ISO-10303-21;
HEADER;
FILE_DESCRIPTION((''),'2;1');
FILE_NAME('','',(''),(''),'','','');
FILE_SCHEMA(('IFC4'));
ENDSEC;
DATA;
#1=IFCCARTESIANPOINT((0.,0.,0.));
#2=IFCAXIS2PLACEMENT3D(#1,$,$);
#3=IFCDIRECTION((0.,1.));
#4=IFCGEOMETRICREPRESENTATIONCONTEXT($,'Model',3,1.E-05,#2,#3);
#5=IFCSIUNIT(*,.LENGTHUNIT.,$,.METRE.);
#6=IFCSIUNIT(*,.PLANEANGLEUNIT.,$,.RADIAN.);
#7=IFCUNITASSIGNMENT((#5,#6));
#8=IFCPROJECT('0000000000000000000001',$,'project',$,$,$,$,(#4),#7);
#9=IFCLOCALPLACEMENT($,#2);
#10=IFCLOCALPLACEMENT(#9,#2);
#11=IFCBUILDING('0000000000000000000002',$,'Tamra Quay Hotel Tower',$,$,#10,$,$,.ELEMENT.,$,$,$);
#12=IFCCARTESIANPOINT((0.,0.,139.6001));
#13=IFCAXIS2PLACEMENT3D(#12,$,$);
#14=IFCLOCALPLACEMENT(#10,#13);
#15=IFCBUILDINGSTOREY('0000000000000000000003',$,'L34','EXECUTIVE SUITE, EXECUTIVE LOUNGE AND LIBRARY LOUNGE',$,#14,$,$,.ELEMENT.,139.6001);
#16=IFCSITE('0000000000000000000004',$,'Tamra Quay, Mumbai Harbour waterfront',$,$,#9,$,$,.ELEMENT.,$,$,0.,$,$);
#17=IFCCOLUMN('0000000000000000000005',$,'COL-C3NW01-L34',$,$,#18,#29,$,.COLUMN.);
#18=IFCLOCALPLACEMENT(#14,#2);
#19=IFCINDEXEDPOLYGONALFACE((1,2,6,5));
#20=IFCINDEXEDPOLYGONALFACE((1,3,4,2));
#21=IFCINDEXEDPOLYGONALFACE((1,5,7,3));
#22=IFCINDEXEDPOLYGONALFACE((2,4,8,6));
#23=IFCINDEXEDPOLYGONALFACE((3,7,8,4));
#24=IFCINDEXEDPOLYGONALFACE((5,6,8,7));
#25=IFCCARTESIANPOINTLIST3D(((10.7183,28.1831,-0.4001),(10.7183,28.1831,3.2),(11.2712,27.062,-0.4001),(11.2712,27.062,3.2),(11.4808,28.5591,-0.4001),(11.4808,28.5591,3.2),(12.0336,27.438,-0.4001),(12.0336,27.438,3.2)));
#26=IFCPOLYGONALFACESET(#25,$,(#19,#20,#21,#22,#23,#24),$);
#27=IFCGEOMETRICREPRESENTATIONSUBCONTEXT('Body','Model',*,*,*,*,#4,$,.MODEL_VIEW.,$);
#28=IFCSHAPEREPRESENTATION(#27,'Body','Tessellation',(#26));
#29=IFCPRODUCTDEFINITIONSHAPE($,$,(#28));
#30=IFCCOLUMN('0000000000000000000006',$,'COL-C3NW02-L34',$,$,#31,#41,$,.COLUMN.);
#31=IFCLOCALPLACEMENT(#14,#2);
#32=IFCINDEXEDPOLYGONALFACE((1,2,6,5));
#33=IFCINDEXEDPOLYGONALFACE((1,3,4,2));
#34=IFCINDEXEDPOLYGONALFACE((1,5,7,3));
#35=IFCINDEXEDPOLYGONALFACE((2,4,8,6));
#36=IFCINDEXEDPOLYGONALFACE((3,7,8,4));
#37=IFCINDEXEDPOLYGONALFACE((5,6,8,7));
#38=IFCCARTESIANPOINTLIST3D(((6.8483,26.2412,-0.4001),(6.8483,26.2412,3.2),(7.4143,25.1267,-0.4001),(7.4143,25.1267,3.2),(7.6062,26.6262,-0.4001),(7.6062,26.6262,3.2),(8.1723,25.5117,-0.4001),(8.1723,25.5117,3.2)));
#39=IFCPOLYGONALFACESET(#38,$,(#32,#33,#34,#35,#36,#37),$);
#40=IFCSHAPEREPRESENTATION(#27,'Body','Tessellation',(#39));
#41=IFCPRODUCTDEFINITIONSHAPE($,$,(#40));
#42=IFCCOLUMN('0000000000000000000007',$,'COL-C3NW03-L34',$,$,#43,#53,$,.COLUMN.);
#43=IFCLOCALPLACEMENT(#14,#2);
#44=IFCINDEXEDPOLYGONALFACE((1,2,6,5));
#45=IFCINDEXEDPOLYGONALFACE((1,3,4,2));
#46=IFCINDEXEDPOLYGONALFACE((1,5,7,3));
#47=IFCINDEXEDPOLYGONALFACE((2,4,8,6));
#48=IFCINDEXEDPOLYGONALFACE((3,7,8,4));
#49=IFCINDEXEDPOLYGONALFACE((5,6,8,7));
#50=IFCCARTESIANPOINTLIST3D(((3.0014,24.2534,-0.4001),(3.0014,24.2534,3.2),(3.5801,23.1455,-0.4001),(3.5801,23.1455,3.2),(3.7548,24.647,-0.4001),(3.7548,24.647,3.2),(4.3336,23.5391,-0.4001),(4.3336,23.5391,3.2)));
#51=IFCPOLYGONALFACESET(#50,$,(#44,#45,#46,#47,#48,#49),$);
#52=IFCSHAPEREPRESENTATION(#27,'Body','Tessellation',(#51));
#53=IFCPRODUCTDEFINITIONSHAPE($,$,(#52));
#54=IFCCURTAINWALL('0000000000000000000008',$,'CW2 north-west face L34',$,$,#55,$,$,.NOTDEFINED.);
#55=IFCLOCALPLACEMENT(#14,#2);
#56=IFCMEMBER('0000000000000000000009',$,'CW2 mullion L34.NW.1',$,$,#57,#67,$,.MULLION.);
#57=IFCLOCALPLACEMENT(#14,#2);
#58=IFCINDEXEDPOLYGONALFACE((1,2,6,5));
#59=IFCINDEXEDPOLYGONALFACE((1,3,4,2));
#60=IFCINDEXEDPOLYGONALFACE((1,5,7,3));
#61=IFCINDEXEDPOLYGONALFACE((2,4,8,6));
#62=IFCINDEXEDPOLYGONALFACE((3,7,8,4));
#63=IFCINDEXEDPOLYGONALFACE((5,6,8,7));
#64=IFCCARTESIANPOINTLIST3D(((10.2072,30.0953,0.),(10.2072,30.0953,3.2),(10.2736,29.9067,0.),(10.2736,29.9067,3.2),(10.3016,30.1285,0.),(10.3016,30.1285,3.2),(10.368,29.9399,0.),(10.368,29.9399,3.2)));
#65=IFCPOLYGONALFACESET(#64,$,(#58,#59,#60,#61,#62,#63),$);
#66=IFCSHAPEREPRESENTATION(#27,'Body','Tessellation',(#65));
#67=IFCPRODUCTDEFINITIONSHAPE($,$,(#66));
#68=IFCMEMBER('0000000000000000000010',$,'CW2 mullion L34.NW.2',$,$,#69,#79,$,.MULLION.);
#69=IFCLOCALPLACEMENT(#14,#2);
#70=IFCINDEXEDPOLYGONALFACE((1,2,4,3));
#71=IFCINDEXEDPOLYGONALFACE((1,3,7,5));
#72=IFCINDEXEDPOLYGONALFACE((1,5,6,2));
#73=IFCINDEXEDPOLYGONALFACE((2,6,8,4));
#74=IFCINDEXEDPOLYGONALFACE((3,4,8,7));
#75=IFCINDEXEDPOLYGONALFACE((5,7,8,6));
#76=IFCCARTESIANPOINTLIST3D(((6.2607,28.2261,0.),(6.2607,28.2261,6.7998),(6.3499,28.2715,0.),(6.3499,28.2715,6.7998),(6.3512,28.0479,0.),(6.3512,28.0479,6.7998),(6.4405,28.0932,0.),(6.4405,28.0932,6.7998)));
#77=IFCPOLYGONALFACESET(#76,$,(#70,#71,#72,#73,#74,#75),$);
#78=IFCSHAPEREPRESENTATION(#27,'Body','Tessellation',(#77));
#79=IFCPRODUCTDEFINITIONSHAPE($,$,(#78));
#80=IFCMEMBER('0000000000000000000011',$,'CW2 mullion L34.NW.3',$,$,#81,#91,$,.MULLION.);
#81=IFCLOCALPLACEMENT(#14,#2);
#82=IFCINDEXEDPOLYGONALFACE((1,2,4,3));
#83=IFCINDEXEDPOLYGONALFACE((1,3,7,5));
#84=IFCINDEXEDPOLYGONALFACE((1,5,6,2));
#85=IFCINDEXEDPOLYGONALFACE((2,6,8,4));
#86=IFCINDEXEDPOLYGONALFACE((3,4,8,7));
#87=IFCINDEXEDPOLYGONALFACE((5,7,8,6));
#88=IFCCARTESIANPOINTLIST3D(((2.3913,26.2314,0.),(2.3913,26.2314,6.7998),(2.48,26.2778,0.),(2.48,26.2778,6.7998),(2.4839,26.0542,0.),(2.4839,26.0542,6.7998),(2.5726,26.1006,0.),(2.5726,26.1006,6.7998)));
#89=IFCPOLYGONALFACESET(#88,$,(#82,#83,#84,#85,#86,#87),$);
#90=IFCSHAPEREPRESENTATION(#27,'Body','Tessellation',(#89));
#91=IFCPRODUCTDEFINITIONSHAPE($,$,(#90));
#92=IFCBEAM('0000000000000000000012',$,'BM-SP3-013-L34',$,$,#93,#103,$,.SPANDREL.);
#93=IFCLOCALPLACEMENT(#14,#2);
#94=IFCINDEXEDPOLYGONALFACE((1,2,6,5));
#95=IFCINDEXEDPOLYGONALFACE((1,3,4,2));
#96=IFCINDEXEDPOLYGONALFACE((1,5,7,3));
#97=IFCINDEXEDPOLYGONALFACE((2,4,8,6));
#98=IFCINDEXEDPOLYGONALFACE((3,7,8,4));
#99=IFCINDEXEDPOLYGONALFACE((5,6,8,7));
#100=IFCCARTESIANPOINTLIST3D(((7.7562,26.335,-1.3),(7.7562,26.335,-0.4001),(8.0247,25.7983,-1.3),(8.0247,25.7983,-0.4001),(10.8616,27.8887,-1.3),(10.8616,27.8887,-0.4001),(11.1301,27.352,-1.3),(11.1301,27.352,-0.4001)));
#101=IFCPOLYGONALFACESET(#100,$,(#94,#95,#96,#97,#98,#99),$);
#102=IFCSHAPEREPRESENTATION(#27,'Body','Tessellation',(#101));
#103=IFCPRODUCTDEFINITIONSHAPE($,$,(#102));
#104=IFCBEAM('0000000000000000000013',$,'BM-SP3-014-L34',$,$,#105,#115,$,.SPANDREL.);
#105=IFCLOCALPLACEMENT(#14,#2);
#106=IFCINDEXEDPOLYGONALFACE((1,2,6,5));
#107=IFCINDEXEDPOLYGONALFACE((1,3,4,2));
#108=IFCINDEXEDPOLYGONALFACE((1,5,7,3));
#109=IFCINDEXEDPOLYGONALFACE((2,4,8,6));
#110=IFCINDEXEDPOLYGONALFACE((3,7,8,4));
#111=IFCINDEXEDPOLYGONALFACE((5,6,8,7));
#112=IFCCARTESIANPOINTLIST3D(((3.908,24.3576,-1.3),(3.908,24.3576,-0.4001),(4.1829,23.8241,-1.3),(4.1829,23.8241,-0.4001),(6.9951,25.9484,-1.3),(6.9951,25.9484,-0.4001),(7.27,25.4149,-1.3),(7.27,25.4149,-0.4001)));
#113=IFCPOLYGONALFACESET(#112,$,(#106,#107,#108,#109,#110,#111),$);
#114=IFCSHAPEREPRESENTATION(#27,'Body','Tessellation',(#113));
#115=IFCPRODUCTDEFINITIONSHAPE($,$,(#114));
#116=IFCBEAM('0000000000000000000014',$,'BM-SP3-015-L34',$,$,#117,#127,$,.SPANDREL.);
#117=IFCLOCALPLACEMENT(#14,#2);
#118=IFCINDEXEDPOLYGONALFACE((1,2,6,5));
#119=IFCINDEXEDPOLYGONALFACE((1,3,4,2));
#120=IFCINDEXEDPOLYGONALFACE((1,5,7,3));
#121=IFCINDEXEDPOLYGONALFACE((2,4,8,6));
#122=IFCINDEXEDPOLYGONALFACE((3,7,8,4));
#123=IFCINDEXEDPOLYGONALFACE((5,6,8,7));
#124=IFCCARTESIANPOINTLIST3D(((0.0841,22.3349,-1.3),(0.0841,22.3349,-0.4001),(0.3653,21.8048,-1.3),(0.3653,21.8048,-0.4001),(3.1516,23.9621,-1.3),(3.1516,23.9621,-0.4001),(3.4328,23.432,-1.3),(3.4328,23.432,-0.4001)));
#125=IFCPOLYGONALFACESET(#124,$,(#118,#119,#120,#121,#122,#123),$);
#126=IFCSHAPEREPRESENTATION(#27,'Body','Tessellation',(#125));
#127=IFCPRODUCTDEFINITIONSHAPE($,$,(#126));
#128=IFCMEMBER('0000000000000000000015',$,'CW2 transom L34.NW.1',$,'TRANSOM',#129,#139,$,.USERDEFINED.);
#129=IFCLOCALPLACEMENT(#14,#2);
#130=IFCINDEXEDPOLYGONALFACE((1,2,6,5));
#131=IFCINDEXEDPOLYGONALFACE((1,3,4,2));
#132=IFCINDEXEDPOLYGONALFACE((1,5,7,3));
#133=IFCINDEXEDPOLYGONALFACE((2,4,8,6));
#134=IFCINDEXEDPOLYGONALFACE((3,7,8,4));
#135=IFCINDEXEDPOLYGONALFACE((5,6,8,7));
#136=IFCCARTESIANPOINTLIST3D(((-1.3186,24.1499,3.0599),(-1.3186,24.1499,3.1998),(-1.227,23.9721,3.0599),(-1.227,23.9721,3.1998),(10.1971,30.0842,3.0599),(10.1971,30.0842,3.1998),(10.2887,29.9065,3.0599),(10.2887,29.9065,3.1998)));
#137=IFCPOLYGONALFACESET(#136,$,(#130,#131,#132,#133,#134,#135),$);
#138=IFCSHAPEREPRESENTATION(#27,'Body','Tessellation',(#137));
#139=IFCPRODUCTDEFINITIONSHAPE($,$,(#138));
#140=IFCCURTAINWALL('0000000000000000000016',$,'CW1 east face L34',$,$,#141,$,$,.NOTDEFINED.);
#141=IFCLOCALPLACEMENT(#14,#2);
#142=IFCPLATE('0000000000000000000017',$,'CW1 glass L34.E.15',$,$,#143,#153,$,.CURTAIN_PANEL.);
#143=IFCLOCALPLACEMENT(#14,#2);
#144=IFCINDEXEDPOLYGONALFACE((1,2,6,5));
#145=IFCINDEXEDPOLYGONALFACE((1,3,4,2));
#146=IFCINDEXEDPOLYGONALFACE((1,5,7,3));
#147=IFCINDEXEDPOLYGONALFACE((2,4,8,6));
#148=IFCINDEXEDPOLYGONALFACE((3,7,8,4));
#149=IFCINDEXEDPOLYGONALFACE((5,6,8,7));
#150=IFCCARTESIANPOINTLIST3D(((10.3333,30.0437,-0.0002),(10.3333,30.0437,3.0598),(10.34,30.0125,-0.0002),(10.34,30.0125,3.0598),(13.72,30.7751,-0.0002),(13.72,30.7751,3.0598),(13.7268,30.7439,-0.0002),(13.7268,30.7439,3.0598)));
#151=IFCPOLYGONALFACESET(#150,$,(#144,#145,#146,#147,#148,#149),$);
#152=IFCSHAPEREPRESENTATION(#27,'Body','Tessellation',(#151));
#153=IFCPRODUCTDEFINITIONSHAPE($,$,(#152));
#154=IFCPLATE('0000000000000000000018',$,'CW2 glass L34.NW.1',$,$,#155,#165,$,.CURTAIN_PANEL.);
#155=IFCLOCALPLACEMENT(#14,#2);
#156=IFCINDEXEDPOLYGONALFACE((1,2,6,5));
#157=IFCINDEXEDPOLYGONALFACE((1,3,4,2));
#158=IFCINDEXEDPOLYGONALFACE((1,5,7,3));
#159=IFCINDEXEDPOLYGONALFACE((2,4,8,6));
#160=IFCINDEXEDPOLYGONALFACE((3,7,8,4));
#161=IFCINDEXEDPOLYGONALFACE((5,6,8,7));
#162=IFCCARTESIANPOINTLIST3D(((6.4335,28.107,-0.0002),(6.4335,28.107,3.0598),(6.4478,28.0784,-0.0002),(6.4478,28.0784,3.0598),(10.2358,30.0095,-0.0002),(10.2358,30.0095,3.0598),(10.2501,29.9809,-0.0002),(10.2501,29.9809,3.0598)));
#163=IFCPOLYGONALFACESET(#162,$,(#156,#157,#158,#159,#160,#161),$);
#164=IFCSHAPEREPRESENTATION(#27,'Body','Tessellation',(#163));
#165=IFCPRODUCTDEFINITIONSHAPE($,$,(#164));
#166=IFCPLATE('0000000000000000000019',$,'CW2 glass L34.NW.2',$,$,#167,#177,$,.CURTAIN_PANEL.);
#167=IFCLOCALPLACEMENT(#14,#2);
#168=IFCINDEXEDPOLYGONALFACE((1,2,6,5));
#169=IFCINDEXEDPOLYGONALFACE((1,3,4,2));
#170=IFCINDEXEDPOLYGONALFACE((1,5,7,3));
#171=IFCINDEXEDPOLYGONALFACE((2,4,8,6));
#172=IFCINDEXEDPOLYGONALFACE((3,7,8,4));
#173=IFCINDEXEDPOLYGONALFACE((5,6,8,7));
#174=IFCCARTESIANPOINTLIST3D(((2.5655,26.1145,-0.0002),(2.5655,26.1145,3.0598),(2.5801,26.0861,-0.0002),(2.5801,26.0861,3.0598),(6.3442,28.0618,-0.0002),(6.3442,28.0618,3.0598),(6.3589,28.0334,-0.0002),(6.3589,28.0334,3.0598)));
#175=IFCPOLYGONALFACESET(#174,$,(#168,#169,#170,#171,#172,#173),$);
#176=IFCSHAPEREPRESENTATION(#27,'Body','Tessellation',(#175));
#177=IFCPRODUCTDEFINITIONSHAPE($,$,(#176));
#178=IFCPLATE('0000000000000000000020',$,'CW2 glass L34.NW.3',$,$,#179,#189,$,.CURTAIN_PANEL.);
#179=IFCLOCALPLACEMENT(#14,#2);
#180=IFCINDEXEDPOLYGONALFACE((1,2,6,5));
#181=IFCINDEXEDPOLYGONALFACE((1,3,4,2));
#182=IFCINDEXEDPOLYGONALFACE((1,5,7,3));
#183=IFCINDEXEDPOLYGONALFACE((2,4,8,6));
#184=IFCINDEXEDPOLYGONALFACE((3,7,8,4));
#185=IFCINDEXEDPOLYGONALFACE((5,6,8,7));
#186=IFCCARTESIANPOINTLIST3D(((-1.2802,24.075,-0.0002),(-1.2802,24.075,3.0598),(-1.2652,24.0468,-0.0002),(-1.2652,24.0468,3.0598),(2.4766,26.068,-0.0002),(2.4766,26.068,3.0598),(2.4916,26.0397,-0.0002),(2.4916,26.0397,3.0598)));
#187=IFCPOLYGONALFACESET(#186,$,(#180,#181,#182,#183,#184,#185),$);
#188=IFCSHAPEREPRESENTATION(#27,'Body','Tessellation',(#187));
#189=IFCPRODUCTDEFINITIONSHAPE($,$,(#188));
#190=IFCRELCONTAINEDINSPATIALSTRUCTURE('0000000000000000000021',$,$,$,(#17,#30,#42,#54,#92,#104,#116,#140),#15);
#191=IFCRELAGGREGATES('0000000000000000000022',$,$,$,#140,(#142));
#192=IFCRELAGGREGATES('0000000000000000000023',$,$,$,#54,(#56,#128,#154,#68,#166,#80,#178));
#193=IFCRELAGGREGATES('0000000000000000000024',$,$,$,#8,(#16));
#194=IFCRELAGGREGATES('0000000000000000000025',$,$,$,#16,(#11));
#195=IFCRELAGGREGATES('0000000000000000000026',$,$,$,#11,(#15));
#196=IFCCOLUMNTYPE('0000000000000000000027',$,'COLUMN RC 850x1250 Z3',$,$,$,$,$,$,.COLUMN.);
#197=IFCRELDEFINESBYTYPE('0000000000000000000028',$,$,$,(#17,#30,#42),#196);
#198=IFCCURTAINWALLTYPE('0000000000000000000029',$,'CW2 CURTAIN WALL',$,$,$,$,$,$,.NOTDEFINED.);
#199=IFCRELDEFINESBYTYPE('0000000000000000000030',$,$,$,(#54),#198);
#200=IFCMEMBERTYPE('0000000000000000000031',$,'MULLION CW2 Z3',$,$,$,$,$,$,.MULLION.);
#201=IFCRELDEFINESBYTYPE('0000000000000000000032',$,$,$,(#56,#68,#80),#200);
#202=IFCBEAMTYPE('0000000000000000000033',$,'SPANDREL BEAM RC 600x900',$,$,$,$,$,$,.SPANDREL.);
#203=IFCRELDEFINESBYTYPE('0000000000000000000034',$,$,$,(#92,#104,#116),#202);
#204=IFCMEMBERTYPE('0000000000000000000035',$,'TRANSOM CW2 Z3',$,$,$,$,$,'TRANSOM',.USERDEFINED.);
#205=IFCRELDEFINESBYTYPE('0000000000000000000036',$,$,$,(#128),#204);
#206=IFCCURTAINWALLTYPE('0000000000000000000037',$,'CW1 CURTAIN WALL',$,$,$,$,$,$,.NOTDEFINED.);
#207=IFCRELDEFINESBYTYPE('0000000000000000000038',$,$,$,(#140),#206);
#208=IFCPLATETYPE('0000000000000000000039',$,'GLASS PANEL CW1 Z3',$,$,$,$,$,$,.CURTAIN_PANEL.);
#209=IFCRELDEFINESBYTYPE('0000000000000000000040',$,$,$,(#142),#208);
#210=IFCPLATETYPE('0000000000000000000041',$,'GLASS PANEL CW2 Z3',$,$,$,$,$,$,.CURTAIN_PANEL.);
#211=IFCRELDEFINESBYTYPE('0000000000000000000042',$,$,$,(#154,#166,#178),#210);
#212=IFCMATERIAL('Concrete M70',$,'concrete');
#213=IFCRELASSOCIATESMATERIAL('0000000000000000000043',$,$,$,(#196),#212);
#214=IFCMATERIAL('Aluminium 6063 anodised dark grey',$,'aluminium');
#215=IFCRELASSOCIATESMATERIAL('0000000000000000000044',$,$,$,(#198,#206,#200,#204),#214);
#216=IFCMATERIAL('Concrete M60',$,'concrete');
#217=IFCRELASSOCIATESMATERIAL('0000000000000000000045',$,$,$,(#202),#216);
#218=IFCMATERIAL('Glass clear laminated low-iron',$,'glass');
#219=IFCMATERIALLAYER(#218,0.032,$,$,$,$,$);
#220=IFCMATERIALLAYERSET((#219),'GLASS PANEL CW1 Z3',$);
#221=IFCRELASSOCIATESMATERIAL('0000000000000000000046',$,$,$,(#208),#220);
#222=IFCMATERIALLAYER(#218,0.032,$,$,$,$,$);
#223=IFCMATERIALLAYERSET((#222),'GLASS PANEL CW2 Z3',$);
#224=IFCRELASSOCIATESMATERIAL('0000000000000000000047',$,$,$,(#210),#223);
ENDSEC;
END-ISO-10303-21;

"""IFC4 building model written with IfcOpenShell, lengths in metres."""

from ifc_helpers import new_model, si_unit, direction, frame, origin, origin_2d, place, context, subcontext, project, spatial, rectangle, extrude, material, layer, layer_set, material_profile, profile_set, type_object, element, aggregate, save


model = new_model("IFC4")

# Units and contexts
model_context = context("Model", 3, precision=1e-05, world=origin(), true_north=direction((0.0, 1.0)))
body_context = subcontext(model_context, "Body", "Model", "MODEL_VIEW")
ifc_project = project(units=[si_unit("LENGTHUNIT", "METRE"), si_unit("PLANEANGLEUNIT", "RADIAN")], contexts=[model_context])

# Site, building, storey
site_placement = place(None, origin())
site = spatial("IfcSite", under=ifc_project, at=site_placement, Name="Tamra Quay, Mumbai Harbour waterfront", CompositionType="ELEMENT", RefElevation=0.0)
building_placement = place(site_placement, origin())
building = spatial("IfcBuilding", under=site, at=building_placement, Name="Tamra Quay Hotel Tower", CompositionType="ELEMENT")
storey_placement = place(building_placement, frame((0.0, 0.0, 139.6001)))
storey = spatial("IfcBuildingStorey", under=building, at=storey_placement, Name="L34", Description="EXECUTIVE SUITE, EXECUTIVE LOUNGE AND LIBRARY LOUNGE", CompositionType="ELEMENT", Elevation=139.6001)

# Columns
ifc_material_1 = material(Name="Concrete M70", Category="concrete")
ifc_material_profile_1 = material_profile(ifc_material_1, rectangle(XDim=1.25, YDim=0.8501, at=origin_2d()), Name="COLUMN RC 850x1250 Z3")
ifc_profile_set_1 = profile_set([ifc_material_profile_1], Name="Concrete M70")
column_type = type_object("IfcColumnType", Name="COLUMN RC 850x1250 Z3", PredefinedType="COLUMN", material=ifc_profile_set_1)
for number, where, z_axis, x_axis, name in (
    (1, (11.376, 27.8105, -0.4001), (0.0, 0.0, 1.0), (-0.442275, 0.89688, 0.0), "COL-C3NW01-L34"),
    (2, (7.5103, 25.8765, -0.4001), (0.0, 0.0, 1.0), (-0.45286, 0.891582, 0.0), "COL-C3NW02-L34"),
    (3, (3.6675, 23.8962, -0.4001), (0.0, 0.0, 1.0), (-0.463007, 0.886355, 0.0), "COL-C3NW03-L34"),
):
    element("IfcColumn", number, at=place(storey_placement, frame(where, z_axis=z_axis, x_axis=x_axis)), inside=storey, type_object=column_type, Name=name, PredefinedType="COLUMN", context=body_context, shape_type="SweptSolid", body=[
        extrude(rectangle(XDim=1.25, YDim=0.8501, at=origin_2d()), origin(), (0.0, 0.0, 1.0), 3.6001),
    ])

# Curtain wall, members
ifc_material_2 = material(Name="Aluminium 6063 anodised dark grey", Category="aluminium")
curtain_wall_type_1 = type_object("IfcCurtainWallType", Name="CW2 CURTAIN WALL", PredefinedType="NOTDEFINED", material=ifc_material_2)
curtain_wall_1_placement = place(storey_placement, origin())
curtain_wall_1 = element("IfcCurtainWall", 4, at=curtain_wall_1_placement, inside=storey, type_object=curtain_wall_type_1, Name="CW2 north-west face L34", PredefinedType="NOTDEFINED")
ifc_material_profile_2 = material_profile(ifc_material_2, rectangle(XDim=0.2, YDim=0.1001, at=origin_2d()), Name="MULLION 100X200")
ifc_profile_set_2 = profile_set([ifc_material_profile_2], Name="Aluminium 6063 anodised dark grey")
member_type_1 = type_object("IfcMemberType", Name="MULLION CW2 Z3", PredefinedType="MULLION", material=ifc_profile_set_2)
member_1_placement = place(storey_placement, frame((10.2876, 30.0176, 0.0), z_axis=(0.0, 0.0, 1.0), x_axis=(-0.331894, 0.943317, 0.0)))
member_1 = element("IfcMember", 5, at=member_1_placement, type_object=member_type_1, Name="CW2 mullion L34.NW.1", PredefinedType="MULLION", context=body_context, shape_type="SweptSolid", body=[
    extrude(rectangle(XDim=0.2, YDim=0.1001, at=origin_2d()), origin(), (0.0, 0.0, 1.0), 3.2),
])
member_2_placement = place(storey_placement, frame((6.3506, 28.1597, 0.0), z_axis=(0.0, 0.0, 1.0), x_axis=(-0.452777, 0.891624, 0.0)))
member_2 = element("IfcMember", 6, at=member_2_placement, type_object=member_type_1, Name="CW2 mullion L34.NW.2", PredefinedType="MULLION", context=body_context, shape_type="SweptSolid", body=[
    extrude(rectangle(XDim=0.2, YDim=0.1001, at=origin_2d()), origin(), (0.0, 0.0, 1.0), 6.7998),
])
member_3_placement = place(storey_placement, frame((2.4819, 26.166, 0.0), z_axis=(0.0, 0.0, 1.0), x_axis=(-0.463366, 0.886167, 0.0)))
member_3 = element("IfcMember", 7, at=member_3_placement, type_object=member_type_1, Name="CW2 mullion L34.NW.3", PredefinedType="MULLION", context=body_context, shape_type="SweptSolid", body=[
    extrude(rectangle(XDim=0.2, YDim=0.1001, at=origin_2d()), origin(), (0.0, 0.0, 1.0), 6.7998),
])

# Beams
ifc_material_3 = material(Name="Concrete M60", Category="concrete")
ifc_material_profile_3 = material_profile(ifc_material_3, rectangle(XDim=0.6001, YDim=0.8999, at=origin_2d()), Name="SPANDREL BEAM RC 600x900")
ifc_profile_set_3 = profile_set([ifc_material_profile_3], Name="Concrete M60")
beam_type = type_object("IfcBeamType", Name="SPANDREL BEAM RC 600x900", PredefinedType="SPANDREL", material=ifc_profile_set_3)
beam_1_placement = place(storey_placement, frame((10.9958, 27.6204, -0.8501), z_axis=(-0.894315, -0.447439, 0.0), x_axis=(0.447439, -0.894315, 0.0)))
element("IfcBeam", 8, at=beam_1_placement, inside=storey, type_object=beam_type, Name="BM-SP3-013-L34", PredefinedType="SPANDREL", context=body_context, shape_type="SweptSolid", body=[
    extrude(rectangle(XDim=0.6001, YDim=0.8999, at=origin_2d()), origin(), (0.0, 0.0, 1.0), 3.4724),
])
beam_2_placement = place(storey_placement, frame((7.1326, 25.6816, -0.8501), z_axis=(-0.88892, -0.458063, 0.0), x_axis=(0.458063, -0.88892, 0.0)))
element("IfcBeam", 9, at=beam_2_placement, inside=storey, type_object=beam_type, Name="BM-SP3-014-L34", PredefinedType="SPANDREL", context=body_context, shape_type="SweptSolid", body=[
    extrude(rectangle(XDim=0.6001, YDim=0.8999, at=origin_2d()), origin(), (0.0, 0.0, 1.0), 3.4729),
])
beam_3_placement = place(storey_placement, frame((3.2922, 23.697, -0.8501), z_axis=(-0.883411, -0.468598, 0.0), x_axis=(0.468598, -0.883411, 0.0)))
element("IfcBeam", 10, at=beam_3_placement, inside=storey, type_object=beam_type, Name="BM-SP3-015-L34", PredefinedType="SPANDREL", context=body_context, shape_type="SweptSolid", body=[
    extrude(rectangle(XDim=0.6001, YDim=0.8999, at=origin_2d()), origin(), (0.0, 0.0, 1.0), 3.4724),
])

# Member
ifc_material_profile_4 = material_profile(ifc_material_2, rectangle(XDim=0.2, YDim=0.1399, at=origin_2d()), Name="TRANSOM 200X140")
ifc_profile_set_4 = profile_set([ifc_material_profile_4], Name="Aluminium 6063 anodised dark grey")
member_type_2 = type_object("IfcMemberType", Name="TRANSOM CW2 Z3", ElementType="TRANSOM", PredefinedType="USERDEFINED", material=ifc_profile_set_4)
member_4_placement = place(storey_placement, frame((10.2429, 29.9954, 3.1299), z_axis=(-0.888911, -0.458081, 0.0), x_axis=(0.458081, -0.888911, 0.0)))
member_4 = element("IfcMember", 11, at=member_4_placement, type_object=member_type_2, Name="CW2 transom L34.NW.1", ObjectType="TRANSOM", PredefinedType="USERDEFINED", context=body_context, shape_type="SweptSolid", body=[
    extrude(rectangle(XDim=0.2, YDim=0.1399, at=origin_2d()), origin(), (0.0, 0.0, 1.0), 12.9548),
])

# Curtain wall, plate
curtain_wall_type_2 = type_object("IfcCurtainWallType", Name="CW1 CURTAIN WALL", PredefinedType="NOTDEFINED", material=ifc_material_2)
curtain_wall_2_placement = place(storey_placement, origin())
curtain_wall_2 = element("IfcCurtainWall", 12, at=curtain_wall_2_placement, inside=storey, type_object=curtain_wall_type_2, Name="CW1 east face L34", PredefinedType="NOTDEFINED")
ifc_material_4 = material(Name="Glass clear laminated low-iron", Category="glass")
ifc_layer_1 = layer(ifc_material_4, 0.032)
ifc_layer_set_1 = layer_set([ifc_layer_1], Name="GLASS PANEL CW1 Z3")
plate_type_1 = type_object("IfcPlateType", Name="GLASS PANEL CW1 Z3", PredefinedType="CURTAIN_PANEL", material=ifc_layer_set_1)
plate_1_placement = place(storey_placement, frame((12.03, 30.3938, -0.0002), z_axis=(0.0, 0.0, 1.0), x_axis=(-0.977465, -0.211099, 0.0)))
plate_1 = element("IfcPlate", 13, at=plate_1_placement, type_object=plate_type_1, Name="CW1 glass L34.E.15", PredefinedType="CURTAIN_PANEL", context=body_context, shape_type="SweptSolid", body=[
    extrude(rectangle(XDim=3.4648, YDim=0.032, at=origin_2d()), origin(), (0.0, 0.0, 1.0), 3.0601),
])
aggregate(curtain_wall_2, [plate_1])

# Plates
ifc_layer_2 = layer(ifc_material_4, 0.032)
ifc_layer_set_2 = layer_set([ifc_layer_2], Name="GLASS PANEL CW2 Z3")
plate_type_2 = type_object("IfcPlateType", Name="GLASS PANEL CW2 Z3", PredefinedType="CURTAIN_PANEL", material=ifc_layer_set_2)
plate_2_placement = place(storey_placement, frame((8.3418, 29.0439, -0.0002), z_axis=(0.0, 0.0, 1.0), x_axis=(-0.894305, -0.447459, 0.0)))
plate_2 = element("IfcPlate", 14, at=plate_2_placement, type_object=plate_type_2, Name="CW2 glass L34.NW.1", PredefinedType="CURTAIN_PANEL", context=body_context, shape_type="SweptSolid", body=[
    extrude(rectangle(XDim=4.2517, YDim=0.032, at=origin_2d()), origin(), (0.0, 0.0, 1.0), 3.0601),
])
plate_3_placement = place(storey_placement, frame((4.4622, 27.074, -0.0002), z_axis=(0.0, 0.0, 1.0), x_axis=(-0.888911, -0.458079, 0.0)))
plate_3 = element("IfcPlate", 15, at=plate_3_placement, type_object=plate_type_2, Name="CW2 glass L34.NW.2", PredefinedType="CURTAIN_PANEL", context=body_context, shape_type="SweptSolid", body=[
    extrude(rectangle(XDim=4.251, YDim=0.032, at=origin_2d()), origin(), (0.0, 0.0, 1.0), 3.0601),
])
plate_4_placement = place(storey_placement, frame((0.6057, 25.0574, -0.0002), z_axis=(0.0, 0.0, 1.0), x_axis=(-0.883392, -0.468636, 0.0)))
plate_4 = element("IfcPlate", 16, at=plate_4_placement, type_object=plate_type_2, Name="CW2 glass L34.NW.3", PredefinedType="CURTAIN_PANEL", context=body_context, shape_type="SweptSolid", body=[
    extrude(rectangle(XDim=4.2527, YDim=0.032, at=origin_2d()), origin(), (0.0, 0.0, 1.0), 3.0601),
])
aggregate(curtain_wall_1, [member_1, member_4, plate_2, member_2, plate_3, member_3, plate_4])

save(model, "model.ifc")
